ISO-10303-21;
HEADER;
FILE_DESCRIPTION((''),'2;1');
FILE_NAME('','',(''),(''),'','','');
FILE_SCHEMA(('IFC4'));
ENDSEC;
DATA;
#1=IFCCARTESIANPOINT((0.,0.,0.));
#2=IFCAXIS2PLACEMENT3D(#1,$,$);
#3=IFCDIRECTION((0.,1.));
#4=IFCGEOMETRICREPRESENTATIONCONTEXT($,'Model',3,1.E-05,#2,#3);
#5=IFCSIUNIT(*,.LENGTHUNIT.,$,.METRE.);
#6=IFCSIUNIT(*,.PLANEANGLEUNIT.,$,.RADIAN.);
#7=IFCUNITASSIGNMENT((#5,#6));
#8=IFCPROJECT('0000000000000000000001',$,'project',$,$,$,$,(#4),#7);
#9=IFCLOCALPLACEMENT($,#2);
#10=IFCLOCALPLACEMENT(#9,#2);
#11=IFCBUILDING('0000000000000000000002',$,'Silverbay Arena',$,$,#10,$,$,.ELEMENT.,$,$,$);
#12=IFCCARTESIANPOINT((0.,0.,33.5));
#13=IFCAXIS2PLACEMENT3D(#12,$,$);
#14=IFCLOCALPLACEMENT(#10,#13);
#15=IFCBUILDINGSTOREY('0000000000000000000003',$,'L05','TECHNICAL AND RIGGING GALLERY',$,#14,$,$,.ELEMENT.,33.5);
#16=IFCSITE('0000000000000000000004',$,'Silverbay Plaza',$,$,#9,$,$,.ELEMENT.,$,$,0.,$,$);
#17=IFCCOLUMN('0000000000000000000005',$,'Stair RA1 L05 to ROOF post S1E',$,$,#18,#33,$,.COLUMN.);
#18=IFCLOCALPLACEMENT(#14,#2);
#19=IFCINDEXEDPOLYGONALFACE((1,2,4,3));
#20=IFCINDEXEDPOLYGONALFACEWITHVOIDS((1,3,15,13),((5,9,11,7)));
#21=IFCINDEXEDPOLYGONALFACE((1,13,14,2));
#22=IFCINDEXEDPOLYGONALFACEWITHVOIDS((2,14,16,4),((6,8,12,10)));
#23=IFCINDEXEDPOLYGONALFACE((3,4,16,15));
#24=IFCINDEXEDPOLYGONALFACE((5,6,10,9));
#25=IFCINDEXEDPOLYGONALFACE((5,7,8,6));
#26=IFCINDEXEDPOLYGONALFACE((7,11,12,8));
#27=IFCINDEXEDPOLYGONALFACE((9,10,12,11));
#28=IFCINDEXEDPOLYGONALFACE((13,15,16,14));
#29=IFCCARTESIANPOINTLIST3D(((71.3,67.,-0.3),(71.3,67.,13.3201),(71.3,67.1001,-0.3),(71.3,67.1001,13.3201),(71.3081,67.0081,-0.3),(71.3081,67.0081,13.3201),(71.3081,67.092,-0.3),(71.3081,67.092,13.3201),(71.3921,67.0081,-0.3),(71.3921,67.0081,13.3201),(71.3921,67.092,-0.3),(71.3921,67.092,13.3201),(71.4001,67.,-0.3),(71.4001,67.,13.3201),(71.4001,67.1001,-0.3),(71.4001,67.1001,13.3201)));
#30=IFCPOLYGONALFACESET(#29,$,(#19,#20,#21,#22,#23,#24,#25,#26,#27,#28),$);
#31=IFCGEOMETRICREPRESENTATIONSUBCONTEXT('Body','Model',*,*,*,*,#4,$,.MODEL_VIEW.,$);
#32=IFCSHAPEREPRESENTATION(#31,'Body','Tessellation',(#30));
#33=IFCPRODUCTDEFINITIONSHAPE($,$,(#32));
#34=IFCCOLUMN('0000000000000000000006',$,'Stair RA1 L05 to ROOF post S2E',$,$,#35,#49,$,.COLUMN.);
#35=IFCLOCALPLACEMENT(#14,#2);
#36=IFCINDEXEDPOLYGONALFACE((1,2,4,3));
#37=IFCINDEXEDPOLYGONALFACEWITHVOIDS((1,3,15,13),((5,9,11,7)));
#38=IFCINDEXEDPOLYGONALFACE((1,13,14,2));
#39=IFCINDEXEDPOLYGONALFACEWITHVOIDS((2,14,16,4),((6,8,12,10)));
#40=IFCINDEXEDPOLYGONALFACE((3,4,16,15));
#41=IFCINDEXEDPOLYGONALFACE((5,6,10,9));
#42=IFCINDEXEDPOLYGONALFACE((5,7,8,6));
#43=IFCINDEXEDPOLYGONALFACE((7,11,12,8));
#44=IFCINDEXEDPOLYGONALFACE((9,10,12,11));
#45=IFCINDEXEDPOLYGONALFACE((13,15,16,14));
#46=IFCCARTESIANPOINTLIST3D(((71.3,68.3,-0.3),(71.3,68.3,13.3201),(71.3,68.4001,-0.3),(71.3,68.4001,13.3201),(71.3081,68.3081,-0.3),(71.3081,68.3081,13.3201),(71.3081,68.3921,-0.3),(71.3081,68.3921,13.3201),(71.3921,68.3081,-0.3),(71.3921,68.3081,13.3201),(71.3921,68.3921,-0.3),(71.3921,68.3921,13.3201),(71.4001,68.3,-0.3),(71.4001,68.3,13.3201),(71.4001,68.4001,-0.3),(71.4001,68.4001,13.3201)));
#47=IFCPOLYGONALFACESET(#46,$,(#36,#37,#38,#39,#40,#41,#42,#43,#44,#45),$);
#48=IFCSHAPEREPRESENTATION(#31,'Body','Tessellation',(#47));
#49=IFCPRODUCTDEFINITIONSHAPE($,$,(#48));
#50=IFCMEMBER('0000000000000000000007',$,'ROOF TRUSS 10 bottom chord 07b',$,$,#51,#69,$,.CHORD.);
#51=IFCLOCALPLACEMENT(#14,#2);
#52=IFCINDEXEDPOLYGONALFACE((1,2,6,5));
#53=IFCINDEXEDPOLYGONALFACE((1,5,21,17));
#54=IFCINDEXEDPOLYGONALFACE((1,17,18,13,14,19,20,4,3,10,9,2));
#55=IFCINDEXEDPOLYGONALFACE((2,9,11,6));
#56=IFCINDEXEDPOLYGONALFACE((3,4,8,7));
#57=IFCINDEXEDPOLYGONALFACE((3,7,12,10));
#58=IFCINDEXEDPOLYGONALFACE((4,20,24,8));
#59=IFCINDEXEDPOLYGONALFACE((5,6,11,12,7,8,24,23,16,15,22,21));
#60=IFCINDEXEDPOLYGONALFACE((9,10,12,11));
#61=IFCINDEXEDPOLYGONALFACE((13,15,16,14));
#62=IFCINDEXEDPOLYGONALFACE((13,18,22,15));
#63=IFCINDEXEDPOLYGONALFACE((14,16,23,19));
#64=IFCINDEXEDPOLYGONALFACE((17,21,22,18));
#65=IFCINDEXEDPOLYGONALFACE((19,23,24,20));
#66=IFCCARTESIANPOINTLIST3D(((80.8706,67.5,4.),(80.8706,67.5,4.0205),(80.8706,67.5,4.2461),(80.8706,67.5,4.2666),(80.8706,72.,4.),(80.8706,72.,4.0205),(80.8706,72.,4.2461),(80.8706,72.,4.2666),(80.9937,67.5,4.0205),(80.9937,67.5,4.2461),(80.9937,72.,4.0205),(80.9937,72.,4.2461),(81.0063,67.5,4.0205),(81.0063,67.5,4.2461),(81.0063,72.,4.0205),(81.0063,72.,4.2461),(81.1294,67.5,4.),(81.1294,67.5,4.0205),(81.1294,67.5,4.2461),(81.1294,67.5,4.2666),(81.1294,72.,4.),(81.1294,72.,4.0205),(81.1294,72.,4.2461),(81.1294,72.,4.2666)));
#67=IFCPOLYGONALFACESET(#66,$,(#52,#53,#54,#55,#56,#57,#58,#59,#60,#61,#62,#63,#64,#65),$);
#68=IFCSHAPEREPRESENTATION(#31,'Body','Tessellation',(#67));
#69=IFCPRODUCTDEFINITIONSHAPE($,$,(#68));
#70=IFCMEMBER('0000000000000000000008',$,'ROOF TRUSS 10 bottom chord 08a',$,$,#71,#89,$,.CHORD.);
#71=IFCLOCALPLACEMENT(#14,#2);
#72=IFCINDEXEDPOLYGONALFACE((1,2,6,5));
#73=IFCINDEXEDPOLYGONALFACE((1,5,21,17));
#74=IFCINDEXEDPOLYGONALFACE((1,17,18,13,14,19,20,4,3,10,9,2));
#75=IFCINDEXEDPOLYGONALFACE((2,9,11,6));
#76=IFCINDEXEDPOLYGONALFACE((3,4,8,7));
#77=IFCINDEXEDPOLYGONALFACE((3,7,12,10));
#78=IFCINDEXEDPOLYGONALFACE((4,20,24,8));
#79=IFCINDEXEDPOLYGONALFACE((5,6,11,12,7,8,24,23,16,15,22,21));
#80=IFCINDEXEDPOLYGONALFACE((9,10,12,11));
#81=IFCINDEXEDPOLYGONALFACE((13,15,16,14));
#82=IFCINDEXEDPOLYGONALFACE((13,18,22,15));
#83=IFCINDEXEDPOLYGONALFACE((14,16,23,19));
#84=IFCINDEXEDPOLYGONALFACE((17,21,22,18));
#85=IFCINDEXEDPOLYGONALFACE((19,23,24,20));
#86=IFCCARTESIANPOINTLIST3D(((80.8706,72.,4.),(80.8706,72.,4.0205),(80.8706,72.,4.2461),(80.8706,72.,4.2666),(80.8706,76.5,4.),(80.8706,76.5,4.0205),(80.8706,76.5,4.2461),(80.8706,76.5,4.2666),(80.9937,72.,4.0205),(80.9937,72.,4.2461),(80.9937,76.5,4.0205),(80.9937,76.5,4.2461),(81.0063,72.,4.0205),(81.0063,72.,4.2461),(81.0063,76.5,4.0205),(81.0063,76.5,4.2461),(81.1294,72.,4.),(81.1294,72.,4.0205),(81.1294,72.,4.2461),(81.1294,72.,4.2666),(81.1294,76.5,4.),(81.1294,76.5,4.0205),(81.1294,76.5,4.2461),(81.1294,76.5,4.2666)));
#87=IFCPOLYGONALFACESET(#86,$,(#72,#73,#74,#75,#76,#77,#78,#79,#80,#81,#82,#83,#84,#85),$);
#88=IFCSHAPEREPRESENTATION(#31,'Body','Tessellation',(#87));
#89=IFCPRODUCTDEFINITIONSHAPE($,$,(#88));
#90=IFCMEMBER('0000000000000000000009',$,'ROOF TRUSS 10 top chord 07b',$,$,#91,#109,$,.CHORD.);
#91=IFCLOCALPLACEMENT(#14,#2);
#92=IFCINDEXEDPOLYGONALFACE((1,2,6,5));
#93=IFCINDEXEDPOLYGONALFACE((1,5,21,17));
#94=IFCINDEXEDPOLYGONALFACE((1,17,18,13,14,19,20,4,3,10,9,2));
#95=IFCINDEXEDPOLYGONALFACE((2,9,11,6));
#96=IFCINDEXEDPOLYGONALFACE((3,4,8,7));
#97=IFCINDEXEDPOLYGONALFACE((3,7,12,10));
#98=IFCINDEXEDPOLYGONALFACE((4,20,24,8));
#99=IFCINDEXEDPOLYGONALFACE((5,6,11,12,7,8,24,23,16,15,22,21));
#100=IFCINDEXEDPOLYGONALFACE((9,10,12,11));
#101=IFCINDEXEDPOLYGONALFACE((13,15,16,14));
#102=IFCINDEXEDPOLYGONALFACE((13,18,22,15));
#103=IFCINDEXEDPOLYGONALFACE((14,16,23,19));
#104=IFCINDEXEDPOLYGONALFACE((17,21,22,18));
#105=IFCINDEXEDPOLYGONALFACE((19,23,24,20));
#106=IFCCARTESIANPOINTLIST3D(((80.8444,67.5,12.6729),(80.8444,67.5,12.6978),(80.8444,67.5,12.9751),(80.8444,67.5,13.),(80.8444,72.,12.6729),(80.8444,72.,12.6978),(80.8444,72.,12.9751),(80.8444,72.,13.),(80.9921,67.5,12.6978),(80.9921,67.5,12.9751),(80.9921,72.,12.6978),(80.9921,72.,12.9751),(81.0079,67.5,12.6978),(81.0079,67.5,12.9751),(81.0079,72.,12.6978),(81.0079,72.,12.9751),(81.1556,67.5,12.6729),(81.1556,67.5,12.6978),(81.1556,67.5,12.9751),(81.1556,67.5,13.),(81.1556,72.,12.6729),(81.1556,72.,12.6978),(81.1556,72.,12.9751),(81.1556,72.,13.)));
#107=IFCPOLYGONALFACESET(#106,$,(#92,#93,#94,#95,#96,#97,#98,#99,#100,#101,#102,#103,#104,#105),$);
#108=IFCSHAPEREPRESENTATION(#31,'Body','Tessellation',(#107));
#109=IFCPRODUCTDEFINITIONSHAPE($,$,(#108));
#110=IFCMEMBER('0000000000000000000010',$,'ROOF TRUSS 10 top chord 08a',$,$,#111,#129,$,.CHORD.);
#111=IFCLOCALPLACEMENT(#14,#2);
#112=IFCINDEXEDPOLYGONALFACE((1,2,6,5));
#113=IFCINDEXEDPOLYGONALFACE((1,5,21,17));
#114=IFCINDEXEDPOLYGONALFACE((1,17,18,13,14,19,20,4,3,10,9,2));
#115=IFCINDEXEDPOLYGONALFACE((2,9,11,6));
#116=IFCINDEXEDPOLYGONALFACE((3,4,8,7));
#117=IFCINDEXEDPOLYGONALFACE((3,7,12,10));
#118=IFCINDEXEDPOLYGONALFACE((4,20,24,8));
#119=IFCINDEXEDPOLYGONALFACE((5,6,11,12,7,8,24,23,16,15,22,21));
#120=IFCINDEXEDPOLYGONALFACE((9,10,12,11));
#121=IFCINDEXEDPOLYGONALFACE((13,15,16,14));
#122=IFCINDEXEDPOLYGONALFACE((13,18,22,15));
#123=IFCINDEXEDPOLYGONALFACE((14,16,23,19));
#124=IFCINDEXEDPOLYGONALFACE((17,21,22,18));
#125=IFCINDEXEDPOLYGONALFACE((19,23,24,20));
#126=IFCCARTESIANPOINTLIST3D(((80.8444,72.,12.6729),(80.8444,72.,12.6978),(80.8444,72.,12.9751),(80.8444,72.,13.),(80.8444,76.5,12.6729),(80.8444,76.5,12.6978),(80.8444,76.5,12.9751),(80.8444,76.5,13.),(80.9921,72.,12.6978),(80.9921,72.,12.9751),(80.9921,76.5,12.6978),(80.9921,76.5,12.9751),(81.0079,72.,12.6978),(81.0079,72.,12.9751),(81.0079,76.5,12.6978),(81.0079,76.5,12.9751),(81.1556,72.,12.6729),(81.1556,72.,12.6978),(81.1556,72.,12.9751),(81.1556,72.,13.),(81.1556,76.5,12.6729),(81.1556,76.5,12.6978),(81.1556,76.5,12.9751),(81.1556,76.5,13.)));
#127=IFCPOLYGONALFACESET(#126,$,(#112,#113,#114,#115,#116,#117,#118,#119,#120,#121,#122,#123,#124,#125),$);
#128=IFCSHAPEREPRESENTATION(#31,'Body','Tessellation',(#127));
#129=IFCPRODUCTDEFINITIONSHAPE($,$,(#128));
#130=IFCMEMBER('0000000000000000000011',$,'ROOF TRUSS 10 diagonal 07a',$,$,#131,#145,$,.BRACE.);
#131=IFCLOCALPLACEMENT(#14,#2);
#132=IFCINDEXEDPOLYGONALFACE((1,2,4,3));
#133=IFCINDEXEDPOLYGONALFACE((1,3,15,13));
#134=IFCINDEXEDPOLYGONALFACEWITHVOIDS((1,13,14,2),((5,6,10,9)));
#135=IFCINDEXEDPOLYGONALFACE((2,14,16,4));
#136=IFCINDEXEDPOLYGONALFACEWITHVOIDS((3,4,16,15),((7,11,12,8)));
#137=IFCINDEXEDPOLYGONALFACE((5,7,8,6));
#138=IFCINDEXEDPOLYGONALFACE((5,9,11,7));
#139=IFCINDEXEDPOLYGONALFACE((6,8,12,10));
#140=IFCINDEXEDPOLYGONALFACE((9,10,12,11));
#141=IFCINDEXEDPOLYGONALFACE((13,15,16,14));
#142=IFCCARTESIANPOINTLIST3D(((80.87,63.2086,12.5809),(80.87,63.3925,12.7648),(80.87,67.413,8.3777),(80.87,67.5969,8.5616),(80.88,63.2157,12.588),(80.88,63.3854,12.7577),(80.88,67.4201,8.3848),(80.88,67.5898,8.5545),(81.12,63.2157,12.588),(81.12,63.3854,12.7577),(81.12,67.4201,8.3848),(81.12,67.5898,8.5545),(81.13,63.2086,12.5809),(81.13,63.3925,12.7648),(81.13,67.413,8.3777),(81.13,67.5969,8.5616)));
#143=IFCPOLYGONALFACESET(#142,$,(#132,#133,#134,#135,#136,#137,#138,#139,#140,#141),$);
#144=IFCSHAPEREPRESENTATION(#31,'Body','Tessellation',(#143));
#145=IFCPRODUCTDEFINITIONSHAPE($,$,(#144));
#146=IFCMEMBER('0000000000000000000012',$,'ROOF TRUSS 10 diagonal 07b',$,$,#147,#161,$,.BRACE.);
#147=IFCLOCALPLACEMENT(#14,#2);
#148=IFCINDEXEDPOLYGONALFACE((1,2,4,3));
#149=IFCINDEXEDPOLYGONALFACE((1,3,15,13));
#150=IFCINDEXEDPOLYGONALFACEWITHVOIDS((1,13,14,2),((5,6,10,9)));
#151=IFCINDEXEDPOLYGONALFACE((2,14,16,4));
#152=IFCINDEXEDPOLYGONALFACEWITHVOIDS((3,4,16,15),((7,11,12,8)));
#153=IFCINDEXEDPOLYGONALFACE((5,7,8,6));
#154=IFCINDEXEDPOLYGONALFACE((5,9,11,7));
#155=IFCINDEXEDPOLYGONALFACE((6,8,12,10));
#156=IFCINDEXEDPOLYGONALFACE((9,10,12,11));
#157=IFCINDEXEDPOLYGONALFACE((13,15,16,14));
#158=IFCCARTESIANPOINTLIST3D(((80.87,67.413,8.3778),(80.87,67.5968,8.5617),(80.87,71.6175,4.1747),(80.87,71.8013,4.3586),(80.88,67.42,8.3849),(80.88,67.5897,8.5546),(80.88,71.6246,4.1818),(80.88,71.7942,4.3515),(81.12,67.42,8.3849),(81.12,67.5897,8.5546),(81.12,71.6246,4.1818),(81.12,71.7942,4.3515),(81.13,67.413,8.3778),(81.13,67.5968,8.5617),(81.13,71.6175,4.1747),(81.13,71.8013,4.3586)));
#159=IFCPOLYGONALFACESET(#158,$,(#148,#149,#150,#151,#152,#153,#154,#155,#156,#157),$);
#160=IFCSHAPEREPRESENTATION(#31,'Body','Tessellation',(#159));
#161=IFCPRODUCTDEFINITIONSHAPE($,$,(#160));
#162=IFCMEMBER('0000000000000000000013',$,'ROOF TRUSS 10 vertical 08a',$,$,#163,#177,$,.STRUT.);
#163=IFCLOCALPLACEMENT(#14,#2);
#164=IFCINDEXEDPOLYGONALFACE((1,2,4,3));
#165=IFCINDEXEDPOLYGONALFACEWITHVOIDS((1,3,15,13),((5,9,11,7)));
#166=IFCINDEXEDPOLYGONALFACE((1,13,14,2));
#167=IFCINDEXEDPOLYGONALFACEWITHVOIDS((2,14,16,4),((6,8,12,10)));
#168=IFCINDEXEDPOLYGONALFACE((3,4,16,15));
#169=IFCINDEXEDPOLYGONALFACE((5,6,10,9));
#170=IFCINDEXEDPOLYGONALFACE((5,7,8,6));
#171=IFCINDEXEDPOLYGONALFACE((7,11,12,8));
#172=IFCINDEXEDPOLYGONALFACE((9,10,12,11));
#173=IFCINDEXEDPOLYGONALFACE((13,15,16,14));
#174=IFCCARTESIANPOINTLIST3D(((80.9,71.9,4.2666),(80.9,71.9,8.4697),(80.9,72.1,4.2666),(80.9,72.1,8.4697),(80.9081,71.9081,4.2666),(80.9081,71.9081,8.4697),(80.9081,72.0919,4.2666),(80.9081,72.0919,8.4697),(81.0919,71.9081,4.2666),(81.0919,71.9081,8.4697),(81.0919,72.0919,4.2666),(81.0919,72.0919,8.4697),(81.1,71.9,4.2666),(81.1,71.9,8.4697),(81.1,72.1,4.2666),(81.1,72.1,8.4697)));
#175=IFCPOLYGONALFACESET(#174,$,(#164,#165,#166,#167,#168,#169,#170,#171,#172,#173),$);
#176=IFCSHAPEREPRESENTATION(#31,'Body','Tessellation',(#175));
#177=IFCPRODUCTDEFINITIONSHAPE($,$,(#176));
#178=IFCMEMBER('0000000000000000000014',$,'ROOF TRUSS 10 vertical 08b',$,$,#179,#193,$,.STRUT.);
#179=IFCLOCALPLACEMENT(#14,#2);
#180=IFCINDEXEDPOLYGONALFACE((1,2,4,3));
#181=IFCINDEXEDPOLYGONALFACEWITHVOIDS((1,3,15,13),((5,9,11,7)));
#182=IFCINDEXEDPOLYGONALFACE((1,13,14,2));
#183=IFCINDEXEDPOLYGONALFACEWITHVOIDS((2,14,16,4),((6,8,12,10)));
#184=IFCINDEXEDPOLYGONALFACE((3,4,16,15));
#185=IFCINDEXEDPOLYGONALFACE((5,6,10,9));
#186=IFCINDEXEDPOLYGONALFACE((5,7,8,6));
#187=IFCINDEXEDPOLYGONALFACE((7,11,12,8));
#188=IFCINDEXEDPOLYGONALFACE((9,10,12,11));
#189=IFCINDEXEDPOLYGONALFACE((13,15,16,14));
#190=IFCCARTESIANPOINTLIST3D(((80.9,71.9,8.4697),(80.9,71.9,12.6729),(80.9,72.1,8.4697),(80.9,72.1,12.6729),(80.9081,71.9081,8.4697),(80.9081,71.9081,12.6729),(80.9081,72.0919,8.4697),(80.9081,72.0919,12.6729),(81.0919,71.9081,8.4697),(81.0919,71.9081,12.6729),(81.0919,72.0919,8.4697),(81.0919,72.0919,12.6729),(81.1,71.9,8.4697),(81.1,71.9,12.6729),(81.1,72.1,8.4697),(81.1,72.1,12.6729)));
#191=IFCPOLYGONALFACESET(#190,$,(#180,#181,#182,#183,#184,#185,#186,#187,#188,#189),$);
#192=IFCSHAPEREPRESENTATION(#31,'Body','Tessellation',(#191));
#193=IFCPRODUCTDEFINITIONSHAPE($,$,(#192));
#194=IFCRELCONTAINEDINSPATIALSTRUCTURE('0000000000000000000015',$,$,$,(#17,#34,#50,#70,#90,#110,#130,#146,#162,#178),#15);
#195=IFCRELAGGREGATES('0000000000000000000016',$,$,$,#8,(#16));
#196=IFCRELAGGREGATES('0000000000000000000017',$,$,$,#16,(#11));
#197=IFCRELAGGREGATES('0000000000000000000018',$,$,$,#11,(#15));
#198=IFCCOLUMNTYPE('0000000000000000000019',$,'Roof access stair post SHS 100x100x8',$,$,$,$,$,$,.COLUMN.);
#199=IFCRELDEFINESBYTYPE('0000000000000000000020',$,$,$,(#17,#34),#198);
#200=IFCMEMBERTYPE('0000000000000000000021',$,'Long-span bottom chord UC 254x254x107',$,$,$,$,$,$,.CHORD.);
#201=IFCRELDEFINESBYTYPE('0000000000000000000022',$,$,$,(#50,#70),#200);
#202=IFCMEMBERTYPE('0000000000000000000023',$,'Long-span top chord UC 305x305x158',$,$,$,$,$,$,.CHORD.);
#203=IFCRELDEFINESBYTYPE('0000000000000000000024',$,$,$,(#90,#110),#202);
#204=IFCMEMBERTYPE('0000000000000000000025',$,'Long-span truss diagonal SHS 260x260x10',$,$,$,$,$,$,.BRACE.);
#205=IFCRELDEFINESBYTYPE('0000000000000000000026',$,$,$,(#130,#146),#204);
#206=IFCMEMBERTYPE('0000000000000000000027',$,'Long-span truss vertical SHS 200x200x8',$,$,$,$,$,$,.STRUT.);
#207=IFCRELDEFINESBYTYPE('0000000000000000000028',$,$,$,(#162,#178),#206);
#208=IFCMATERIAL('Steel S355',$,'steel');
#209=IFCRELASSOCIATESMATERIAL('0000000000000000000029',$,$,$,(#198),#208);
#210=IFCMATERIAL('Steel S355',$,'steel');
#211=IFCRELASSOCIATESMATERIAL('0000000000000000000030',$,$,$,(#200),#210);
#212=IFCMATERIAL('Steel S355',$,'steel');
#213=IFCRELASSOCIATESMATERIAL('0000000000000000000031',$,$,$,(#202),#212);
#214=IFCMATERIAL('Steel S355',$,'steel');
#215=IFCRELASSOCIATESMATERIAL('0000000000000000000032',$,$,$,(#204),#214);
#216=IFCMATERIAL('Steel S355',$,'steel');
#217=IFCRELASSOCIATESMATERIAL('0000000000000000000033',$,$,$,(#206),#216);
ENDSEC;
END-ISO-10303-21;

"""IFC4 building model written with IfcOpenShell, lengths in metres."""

from ifc_helpers import new_model, si_unit, direction, frame, origin, origin_2d, place, context, subcontext, project, spatial, hollow_rectangle, i_section, extrude, material, material_profile, profile_set, type_object, element, save


model = new_model("IFC4")

# Units and contexts
model_context = context("Model", 3, precision=1e-05, world=origin(), true_north=direction((0.0, 1.0)))
body_context = subcontext(model_context, "Body", "Model", "MODEL_VIEW")
ifc_project = project(units=[si_unit("LENGTHUNIT", "METRE"), si_unit("PLANEANGLEUNIT", "RADIAN")], contexts=[model_context])

# Site, building, storey
site_placement = place(None, origin())
site = spatial("IfcSite", under=ifc_project, at=site_placement, Name="Silverbay Plaza", CompositionType="ELEMENT", RefElevation=0.0)
building_placement = place(site_placement, origin())
building = spatial("IfcBuilding", under=site, at=building_placement, Name="Silverbay Arena", CompositionType="ELEMENT")
storey_placement = place(building_placement, frame((0.0, 0.0, 33.5)))
storey = spatial("IfcBuildingStorey", under=building, at=storey_placement, Name="L05", Description="TECHNICAL AND RIGGING GALLERY", CompositionType="ELEMENT", Elevation=33.5)

# Columns
ifc_material_1 = material(Name="Steel S355", Category="steel")
ifc_material_profile_1 = material_profile(ifc_material_1, hollow_rectangle(XDim=0.1001, YDim=0.1001, WallThickness=0.0081, at=origin_2d()), Name="SHS 100x100x8")
ifc_profile_set_1 = profile_set([ifc_material_profile_1], Name="Steel S355")
column_type = type_object("IfcColumnType", Name="Roof access stair post SHS 100x100x8", PredefinedType="COLUMN", material=ifc_profile_set_1)
for number, where, z_axis, x_axis, name in (
    (1, (71.3501, 67.05, -0.3), (0.0, 0.0, 1.0), (1.0, 0.0, 0.0), "Stair RA1 L05 to ROOF post S1E"),
    (2, (71.3501, 68.3501, -0.3), (0.0, 0.0, 1.0), (1.0, 0.0, 0.0), "Stair RA1 L05 to ROOF post S2E"),
):
    element("IfcColumn", number, at=place(storey_placement, frame(where, z_axis=z_axis, x_axis=x_axis)), inside=storey, type_object=column_type, Name=name, PredefinedType="COLUMN", context=body_context, shape_type="SweptSolid", body=[
        extrude(hollow_rectangle(XDim=0.1001, YDim=0.1001, WallThickness=0.0081, at=origin_2d()), origin(), (0.0, 0.0, 1.0), 13.6201),
    ])

# Members
ifc_material_2 = material(Name="Steel S355", Category="steel")
ifc_material_profile_2 = material_profile(ifc_material_2, i_section(OverallWidth=0.2588, OverallDepth=0.2666, WebThickness=0.0127, FlangeThickness=0.0205, at=origin_2d()), Name="UC 254x254x107")
ifc_profile_set_2 = profile_set([ifc_material_profile_2], Name="Steel S355")
member_type_1 = type_object("IfcMemberType", Name="Long-span bottom chord UC 254x254x107", PredefinedType="CHORD", material=ifc_profile_set_2)
for number, where, z_axis, x_axis, name in (
    (3, (81.0, 67.5, 4.1333), (0.0, 1.0, 0.0), (-1.0, 0.0, 0.0), "ROOF TRUSS 10 bottom chord 07b"),
    (4, (81.0, 72.0, 4.1333), (0.0, 1.0, 0.0), (-1.0, 0.0, 0.0), "ROOF TRUSS 10 bottom chord 08a"),
):
    element("IfcMember", number, at=place(storey_placement, frame(where, z_axis=z_axis, x_axis=x_axis)), inside=storey, type_object=member_type_1, Name=name, PredefinedType="CHORD", context=body_context, shape_type="SweptSolid", body=[
        extrude(i_section(OverallWidth=0.2588, OverallDepth=0.2666, WebThickness=0.0127, FlangeThickness=0.0205, at=origin_2d()), origin(), (0.0, 0.0, 1.0), 4.5),
    ])
ifc_material_3 = material(Name="Steel S355", Category="steel")
ifc_material_profile_3 = material_profile(ifc_material_3, i_section(OverallWidth=0.3113, OverallDepth=0.3271, WebThickness=0.0159, FlangeThickness=0.0249, at=origin_2d()), Name="UC 305x305x158")
ifc_profile_set_3 = profile_set([ifc_material_profile_3], Name="Steel S355")
member_type_2 = type_object("IfcMemberType", Name="Long-span top chord UC 305x305x158", PredefinedType="CHORD", material=ifc_profile_set_3)
for number, where, z_axis, x_axis, name in (
    (5, (81.0, 67.5, 12.8364), (0.0, 1.0, 0.0), (-1.0, 0.0, 0.0), "ROOF TRUSS 10 top chord 07b"),
    (6, (81.0, 72.0, 12.8364), (0.0, 1.0, 0.0), (-1.0, 0.0, 0.0), "ROOF TRUSS 10 top chord 08a"),
):
    element("IfcMember", number, at=place(storey_placement, frame(where, z_axis=z_axis, x_axis=x_axis)), inside=storey, type_object=member_type_2, Name=name, PredefinedType="CHORD", context=body_context, shape_type="SweptSolid", body=[
        extrude(i_section(OverallWidth=0.3113, OverallDepth=0.3271, WebThickness=0.0159, FlangeThickness=0.0249, at=origin_2d()), origin(), (0.0, 0.0, 1.0), 4.5),
    ])
ifc_material_4 = material(Name="Steel S355", Category="steel")
ifc_material_profile_4 = material_profile(ifc_material_4, hollow_rectangle(XDim=0.26, YDim=0.26, WallThickness=0.01, at=origin_2d()), Name="SHS 260x260x10")
ifc_profile_set_4 = profile_set([ifc_material_profile_4], Name="Steel S355")
member_type_3 = type_object("IfcMemberType", Name="Long-span truss diagonal SHS 260x260x10", PredefinedType="BRACE", material=ifc_profile_set_4)
for number, where, z_axis, x_axis, name in (
    (7, (81.0, 63.3005, 12.6729), (0.0, 0.707209, -0.707004), (-1.0, 0.0, 0.0), "ROOF TRUSS 10 diagonal 07a"),
    (8, (81.0, 67.5049, 8.4697), (0.0, 0.70723, -0.706984), (-1.0, 0.0, 0.0), "ROOF TRUSS 10 diagonal 07b"),
):
    element("IfcMember", number, at=place(storey_placement, frame(where, z_axis=z_axis, x_axis=x_axis)), inside=storey, type_object=member_type_3, Name=name, PredefinedType="BRACE", context=body_context, shape_type="SweptSolid", body=[
        extrude(hollow_rectangle(XDim=0.26, YDim=0.26, WallThickness=0.01, at=origin_2d()), origin(), (0.0, 0.0, 1.0), 5.9451),
    ])
ifc_material_5 = material(Name="Steel S355", Category="steel")
ifc_material_profile_5 = material_profile(ifc_material_5, hollow_rectangle(XDim=0.2, YDim=0.2, WallThickness=0.0081, at=origin_2d()), Name="SHS 200x200x8")
ifc_profile_set_5 = profile_set([ifc_material_profile_5], Name="Steel S355")
member_type_4 = type_object("IfcMemberType", Name="Long-span truss vertical SHS 200x200x8", PredefinedType="STRUT", material=ifc_profile_set_5)
for number, where, z_axis, x_axis, name in (
    (9, (81.0, 72.0, 4.2666), (0.0, 0.0, 1.0), (1.0, 0.0, 0.0), "ROOF TRUSS 10 vertical 08a"),
    (10, (81.0, 72.0, 8.4697), (0.0, 0.0, 1.0), (1.0, 0.0, 0.0), "ROOF TRUSS 10 vertical 08b"),
):
    element("IfcMember", number, at=place(storey_placement, frame(where, z_axis=z_axis, x_axis=x_axis)), inside=storey, type_object=member_type_4, Name=name, PredefinedType="STRUT", context=body_context, shape_type="SweptSolid", body=[
        extrude(hollow_rectangle(XDim=0.2, YDim=0.2, WallThickness=0.0081, at=origin_2d()), origin(), (0.0, 0.0, 1.0), 4.2031),
    ])

save(model, "model.ifc")
